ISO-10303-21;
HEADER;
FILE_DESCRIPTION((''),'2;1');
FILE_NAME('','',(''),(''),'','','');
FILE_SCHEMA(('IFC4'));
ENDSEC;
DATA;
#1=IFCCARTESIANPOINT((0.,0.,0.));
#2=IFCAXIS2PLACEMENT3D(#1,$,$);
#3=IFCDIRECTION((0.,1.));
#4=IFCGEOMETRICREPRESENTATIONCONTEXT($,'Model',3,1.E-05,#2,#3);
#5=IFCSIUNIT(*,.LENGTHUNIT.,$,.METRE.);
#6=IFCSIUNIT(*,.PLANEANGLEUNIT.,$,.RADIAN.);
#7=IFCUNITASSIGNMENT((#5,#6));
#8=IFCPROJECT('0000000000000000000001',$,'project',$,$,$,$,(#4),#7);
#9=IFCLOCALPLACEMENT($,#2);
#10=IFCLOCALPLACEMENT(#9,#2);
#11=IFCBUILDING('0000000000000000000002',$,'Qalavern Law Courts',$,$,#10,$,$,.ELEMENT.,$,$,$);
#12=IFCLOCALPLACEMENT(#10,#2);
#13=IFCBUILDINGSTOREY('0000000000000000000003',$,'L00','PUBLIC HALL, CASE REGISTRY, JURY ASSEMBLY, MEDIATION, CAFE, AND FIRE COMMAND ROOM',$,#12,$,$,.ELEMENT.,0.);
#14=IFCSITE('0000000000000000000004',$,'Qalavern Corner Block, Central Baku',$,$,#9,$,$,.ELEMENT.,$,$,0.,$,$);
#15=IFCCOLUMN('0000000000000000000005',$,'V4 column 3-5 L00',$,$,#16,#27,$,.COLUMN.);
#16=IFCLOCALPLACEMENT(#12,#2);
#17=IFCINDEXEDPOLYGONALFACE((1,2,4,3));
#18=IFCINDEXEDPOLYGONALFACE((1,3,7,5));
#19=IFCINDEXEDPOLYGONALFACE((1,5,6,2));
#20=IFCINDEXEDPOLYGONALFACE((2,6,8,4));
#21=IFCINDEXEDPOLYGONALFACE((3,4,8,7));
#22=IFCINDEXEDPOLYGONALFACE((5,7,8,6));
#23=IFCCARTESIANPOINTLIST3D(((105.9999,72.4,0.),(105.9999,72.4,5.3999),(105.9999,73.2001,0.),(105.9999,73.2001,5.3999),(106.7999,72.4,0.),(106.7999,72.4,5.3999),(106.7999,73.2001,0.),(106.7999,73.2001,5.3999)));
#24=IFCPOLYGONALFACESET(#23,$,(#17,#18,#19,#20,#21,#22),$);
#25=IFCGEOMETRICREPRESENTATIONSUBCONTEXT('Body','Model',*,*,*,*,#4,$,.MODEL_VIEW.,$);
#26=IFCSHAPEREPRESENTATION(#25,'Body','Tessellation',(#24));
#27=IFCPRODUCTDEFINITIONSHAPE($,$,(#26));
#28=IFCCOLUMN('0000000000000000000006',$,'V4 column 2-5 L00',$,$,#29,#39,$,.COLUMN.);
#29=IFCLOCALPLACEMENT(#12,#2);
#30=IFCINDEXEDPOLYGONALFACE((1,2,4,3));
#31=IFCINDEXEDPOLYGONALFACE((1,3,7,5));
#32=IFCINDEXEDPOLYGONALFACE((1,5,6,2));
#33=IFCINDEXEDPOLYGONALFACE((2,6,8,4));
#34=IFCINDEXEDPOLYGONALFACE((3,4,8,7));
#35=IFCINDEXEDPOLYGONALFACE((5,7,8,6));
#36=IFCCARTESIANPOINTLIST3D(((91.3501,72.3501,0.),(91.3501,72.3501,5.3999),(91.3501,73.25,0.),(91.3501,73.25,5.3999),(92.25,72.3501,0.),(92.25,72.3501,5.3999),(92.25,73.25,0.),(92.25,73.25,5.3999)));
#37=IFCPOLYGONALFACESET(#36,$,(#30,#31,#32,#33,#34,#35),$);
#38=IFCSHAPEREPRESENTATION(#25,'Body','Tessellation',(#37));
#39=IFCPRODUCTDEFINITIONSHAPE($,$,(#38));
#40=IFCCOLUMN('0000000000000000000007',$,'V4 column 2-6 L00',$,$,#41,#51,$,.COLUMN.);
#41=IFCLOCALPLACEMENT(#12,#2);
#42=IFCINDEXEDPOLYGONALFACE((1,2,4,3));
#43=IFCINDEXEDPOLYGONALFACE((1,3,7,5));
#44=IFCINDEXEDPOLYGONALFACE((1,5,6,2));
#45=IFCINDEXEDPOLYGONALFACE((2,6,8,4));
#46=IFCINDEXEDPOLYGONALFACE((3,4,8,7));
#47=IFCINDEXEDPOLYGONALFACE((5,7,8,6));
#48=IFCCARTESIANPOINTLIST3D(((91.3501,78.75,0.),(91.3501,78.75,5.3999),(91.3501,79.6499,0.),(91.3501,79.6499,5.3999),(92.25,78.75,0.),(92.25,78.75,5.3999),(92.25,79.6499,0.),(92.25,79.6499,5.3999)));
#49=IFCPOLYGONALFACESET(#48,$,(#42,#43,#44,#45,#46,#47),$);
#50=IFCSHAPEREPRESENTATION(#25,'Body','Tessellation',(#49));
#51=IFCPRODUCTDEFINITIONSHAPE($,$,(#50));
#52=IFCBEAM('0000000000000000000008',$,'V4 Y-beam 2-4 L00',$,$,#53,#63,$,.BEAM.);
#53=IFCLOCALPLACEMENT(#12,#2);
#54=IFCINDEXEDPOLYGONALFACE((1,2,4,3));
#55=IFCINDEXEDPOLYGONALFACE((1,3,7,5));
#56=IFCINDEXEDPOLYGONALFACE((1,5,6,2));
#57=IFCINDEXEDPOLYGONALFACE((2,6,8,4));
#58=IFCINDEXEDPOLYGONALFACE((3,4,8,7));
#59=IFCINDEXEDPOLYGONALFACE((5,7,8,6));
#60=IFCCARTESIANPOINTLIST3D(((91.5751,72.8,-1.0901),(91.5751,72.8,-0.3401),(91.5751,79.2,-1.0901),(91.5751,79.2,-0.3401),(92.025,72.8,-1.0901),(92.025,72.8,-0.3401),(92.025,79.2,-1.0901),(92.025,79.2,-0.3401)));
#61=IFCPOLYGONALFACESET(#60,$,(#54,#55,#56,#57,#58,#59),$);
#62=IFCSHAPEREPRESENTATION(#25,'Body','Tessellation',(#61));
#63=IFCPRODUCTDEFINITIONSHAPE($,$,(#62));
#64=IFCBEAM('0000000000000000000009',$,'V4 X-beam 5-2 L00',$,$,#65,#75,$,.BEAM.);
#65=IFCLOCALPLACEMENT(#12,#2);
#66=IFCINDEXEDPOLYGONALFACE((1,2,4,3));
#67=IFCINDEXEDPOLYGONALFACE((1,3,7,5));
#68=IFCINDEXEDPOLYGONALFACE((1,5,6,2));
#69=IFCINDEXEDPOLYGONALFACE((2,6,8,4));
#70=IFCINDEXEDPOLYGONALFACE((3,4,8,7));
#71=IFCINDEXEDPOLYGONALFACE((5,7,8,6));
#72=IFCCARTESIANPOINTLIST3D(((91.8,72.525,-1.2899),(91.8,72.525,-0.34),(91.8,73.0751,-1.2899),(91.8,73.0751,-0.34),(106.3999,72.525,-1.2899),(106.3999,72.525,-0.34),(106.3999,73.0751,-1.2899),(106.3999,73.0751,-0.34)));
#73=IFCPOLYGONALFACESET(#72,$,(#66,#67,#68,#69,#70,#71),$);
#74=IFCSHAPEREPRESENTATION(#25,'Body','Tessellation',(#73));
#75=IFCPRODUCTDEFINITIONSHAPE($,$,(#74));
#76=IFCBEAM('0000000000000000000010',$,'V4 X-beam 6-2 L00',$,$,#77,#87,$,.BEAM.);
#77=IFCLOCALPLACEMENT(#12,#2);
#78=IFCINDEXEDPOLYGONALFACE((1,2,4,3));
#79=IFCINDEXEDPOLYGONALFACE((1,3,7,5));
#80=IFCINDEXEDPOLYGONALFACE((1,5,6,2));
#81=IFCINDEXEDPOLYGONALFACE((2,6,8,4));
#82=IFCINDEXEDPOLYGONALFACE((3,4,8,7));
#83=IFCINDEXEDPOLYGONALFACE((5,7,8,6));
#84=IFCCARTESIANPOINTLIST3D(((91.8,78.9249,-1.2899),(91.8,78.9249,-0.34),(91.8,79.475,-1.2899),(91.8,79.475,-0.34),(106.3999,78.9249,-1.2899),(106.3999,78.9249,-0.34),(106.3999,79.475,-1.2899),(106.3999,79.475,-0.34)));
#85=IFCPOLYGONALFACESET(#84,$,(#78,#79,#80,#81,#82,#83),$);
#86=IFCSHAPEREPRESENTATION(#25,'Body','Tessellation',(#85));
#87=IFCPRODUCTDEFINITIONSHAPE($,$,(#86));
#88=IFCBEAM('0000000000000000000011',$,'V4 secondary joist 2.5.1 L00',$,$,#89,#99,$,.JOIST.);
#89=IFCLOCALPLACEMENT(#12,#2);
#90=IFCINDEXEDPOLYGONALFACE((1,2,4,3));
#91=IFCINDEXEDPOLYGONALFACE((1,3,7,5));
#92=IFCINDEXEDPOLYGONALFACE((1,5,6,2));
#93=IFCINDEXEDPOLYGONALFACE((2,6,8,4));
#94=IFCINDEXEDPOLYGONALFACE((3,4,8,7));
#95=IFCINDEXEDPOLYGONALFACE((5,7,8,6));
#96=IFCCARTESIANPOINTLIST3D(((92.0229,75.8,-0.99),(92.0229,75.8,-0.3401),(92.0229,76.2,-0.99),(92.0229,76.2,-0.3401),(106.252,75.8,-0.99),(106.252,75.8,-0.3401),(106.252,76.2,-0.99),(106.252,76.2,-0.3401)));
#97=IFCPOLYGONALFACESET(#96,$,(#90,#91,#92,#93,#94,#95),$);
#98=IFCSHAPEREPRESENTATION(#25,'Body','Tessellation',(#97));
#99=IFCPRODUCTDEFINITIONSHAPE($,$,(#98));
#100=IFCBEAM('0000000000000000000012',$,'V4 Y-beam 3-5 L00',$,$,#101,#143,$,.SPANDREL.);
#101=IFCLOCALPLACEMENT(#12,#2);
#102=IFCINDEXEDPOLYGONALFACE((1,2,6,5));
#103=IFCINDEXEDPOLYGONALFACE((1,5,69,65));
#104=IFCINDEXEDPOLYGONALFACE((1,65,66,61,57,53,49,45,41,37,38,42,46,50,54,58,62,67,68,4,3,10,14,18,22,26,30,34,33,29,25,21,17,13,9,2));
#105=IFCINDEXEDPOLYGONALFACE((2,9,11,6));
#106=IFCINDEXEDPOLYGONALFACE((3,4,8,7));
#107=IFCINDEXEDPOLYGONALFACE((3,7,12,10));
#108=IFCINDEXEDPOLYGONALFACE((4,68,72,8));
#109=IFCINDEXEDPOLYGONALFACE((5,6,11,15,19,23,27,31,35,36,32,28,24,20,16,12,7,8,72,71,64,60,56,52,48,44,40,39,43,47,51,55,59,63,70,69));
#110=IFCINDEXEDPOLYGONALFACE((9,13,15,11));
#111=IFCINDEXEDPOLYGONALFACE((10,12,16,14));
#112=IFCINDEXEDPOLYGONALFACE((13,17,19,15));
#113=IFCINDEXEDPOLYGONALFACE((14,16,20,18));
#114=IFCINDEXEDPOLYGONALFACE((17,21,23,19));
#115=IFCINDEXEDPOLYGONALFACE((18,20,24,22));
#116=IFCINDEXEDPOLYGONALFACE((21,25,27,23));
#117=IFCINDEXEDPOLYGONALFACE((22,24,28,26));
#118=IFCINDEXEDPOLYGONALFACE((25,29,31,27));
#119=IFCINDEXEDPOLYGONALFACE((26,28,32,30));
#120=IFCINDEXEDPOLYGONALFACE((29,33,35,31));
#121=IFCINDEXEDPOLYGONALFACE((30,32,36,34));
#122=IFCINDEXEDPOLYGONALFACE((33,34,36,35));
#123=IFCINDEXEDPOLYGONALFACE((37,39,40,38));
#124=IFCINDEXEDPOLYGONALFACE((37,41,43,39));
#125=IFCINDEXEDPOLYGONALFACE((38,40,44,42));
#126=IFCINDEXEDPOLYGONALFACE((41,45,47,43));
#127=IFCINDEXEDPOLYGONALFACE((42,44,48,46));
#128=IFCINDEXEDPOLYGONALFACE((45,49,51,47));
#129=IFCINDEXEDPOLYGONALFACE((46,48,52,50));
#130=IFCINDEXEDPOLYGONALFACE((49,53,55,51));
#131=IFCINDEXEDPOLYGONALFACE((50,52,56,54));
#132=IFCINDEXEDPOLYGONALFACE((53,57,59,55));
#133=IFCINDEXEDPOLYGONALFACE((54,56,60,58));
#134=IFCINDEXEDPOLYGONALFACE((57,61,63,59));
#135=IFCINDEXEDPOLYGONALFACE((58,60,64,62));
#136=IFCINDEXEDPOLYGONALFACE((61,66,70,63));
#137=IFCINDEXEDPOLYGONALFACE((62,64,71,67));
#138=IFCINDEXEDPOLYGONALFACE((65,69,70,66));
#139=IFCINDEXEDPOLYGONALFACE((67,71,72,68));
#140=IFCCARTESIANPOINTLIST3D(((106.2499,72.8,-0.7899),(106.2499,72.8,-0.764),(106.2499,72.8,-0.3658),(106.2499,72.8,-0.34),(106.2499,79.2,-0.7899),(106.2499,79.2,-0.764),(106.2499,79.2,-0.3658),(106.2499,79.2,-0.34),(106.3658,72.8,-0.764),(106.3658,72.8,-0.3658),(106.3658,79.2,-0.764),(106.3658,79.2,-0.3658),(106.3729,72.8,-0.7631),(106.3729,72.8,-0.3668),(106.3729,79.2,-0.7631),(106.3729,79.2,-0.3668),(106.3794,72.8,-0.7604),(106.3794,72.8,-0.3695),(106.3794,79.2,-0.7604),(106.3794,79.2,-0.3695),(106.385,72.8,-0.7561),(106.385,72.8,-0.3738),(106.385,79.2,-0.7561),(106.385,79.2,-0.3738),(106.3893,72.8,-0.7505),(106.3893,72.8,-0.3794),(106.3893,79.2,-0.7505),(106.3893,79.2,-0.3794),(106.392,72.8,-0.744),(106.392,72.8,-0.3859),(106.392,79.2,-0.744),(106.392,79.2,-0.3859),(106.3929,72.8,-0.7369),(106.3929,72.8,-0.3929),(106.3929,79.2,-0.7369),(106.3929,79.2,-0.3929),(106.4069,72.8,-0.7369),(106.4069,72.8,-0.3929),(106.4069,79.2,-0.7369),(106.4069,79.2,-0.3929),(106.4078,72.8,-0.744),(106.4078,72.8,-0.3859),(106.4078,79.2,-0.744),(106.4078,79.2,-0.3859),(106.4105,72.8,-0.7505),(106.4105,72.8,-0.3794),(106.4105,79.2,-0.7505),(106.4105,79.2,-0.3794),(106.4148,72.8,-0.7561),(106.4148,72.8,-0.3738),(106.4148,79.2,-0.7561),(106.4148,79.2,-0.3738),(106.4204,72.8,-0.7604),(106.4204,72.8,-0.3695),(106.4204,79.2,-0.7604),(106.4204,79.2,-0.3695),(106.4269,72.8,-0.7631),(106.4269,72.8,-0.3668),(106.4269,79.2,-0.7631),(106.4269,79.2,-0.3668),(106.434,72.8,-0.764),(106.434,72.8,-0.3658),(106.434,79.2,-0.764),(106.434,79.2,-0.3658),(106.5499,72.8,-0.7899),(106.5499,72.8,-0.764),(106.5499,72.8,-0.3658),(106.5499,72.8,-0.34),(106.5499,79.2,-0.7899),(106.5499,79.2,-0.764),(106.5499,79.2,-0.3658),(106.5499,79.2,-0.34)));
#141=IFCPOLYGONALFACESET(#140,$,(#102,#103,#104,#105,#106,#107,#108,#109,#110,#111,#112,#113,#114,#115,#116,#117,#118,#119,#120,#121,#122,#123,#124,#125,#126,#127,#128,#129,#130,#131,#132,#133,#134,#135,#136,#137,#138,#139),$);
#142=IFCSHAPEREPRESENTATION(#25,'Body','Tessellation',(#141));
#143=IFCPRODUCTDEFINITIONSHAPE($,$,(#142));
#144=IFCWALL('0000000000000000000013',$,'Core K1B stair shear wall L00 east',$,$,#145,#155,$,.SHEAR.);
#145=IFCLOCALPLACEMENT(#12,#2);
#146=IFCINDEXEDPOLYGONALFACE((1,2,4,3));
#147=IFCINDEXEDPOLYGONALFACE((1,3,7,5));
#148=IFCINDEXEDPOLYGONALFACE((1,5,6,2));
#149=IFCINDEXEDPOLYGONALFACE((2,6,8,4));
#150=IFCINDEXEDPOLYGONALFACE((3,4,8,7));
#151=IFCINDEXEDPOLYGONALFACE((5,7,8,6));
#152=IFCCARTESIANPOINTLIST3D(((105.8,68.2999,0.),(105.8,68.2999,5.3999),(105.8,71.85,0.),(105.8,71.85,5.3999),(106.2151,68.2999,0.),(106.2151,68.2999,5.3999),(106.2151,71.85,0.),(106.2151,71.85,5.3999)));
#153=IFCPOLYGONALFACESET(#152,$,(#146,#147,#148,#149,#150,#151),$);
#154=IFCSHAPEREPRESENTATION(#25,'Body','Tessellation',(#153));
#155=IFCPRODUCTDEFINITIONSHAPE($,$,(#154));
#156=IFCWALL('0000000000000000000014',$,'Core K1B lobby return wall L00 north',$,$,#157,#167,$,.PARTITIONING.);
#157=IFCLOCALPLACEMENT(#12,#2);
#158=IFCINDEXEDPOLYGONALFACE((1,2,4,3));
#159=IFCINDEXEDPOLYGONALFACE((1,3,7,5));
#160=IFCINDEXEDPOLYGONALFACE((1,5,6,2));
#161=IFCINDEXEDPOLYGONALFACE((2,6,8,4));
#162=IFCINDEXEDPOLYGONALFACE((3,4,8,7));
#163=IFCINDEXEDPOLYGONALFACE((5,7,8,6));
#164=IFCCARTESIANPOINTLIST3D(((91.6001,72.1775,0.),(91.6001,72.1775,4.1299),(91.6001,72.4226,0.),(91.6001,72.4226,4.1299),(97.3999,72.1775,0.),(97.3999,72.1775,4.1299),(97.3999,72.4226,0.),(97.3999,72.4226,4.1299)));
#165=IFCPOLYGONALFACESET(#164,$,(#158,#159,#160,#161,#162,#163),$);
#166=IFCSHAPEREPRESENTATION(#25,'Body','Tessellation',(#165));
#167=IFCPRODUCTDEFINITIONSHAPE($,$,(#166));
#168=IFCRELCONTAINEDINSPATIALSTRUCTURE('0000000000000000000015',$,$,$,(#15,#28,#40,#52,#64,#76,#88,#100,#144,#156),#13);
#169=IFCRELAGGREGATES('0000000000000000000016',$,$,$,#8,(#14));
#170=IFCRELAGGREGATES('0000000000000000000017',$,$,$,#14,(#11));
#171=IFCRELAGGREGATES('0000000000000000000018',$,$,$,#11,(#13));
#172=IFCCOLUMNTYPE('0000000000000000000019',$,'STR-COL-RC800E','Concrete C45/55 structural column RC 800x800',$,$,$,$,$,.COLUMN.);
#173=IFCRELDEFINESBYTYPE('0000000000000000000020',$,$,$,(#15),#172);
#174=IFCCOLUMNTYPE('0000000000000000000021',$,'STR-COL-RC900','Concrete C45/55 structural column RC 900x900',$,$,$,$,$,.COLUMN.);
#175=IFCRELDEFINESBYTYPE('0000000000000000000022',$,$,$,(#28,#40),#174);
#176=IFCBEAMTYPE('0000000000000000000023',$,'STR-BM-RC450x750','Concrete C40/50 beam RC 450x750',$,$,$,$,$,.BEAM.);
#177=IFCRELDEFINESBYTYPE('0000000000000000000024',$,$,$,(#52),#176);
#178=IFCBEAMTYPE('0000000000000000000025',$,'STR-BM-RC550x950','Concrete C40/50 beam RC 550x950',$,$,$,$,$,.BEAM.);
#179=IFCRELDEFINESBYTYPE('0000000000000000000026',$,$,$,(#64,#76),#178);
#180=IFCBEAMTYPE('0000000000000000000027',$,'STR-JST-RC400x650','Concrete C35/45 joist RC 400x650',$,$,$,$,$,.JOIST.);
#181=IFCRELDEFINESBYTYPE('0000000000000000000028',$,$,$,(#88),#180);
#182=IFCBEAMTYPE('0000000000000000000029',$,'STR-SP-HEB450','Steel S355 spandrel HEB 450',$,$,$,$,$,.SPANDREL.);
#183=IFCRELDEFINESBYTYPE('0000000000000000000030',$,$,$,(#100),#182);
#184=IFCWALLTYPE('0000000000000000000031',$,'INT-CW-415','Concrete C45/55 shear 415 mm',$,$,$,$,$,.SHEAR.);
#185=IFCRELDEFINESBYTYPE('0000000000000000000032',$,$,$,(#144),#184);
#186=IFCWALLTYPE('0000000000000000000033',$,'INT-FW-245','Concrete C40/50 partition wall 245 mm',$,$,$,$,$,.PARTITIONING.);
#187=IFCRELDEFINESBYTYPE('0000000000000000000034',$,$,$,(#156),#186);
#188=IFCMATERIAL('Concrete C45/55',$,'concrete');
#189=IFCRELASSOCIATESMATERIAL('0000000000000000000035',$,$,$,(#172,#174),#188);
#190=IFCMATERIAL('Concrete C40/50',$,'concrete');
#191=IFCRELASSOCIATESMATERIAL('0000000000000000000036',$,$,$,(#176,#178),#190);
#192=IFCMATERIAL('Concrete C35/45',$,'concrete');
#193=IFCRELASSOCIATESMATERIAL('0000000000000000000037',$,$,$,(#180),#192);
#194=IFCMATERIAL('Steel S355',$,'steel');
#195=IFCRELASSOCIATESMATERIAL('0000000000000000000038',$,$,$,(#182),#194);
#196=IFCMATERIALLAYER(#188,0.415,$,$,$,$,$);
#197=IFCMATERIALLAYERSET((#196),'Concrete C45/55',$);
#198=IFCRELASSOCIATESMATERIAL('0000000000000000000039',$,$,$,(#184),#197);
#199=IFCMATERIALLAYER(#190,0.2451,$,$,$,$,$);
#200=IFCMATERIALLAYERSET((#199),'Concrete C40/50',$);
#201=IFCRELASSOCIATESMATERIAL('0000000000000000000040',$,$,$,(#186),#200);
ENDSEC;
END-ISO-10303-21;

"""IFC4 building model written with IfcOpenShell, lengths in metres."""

from ifc_helpers import new_model, si_unit, direction, frame, frame_2d, origin, origin_2d, place, context, subcontext, project, spatial, rectangle, i_section, extrude, material, layer, layer_set, material_profile, profile_set, type_object, element, save


model = new_model("IFC4")

# Units and contexts
model_context = context("Model", 3, precision=1e-05, world=origin(), true_north=direction((0.0, 1.0)))
body_context = subcontext(model_context, "Body", "Model", "MODEL_VIEW")
ifc_project = project(units=[si_unit("LENGTHUNIT", "METRE"), si_unit("PLANEANGLEUNIT", "RADIAN")], contexts=[model_context])

# Site, building, storey
site_placement = place(None, origin())
site = spatial("IfcSite", under=ifc_project, at=site_placement, Name="Qalavern Corner Block, Central Baku", CompositionType="ELEMENT", RefElevation=0.0)
building_placement = place(site_placement, origin())
building = spatial("IfcBuilding", under=site, at=building_placement, Name="Qalavern Law Courts", CompositionType="ELEMENT")
storey_placement = place(building_placement, origin())
storey = spatial("IfcBuildingStorey", under=building, at=storey_placement, Name="L00", Description="PUBLIC HALL, CASE REGISTRY, JURY ASSEMBLY, MEDIATION, CAFE, AND FIRE COMMAND ROOM", CompositionType="ELEMENT", Elevation=0.0)

# Columns
ifc_material_1 = material(Name="Concrete C45/55", Category="concrete")
ifc_material_profile_1 = material_profile(ifc_material_1, rectangle(XDim=0.8, YDim=0.8, at=origin_2d()), Name="RC 800x800")
ifc_profile_set_1 = profile_set([ifc_material_profile_1], Name="Concrete C45/55")
column_type_1 = type_object("IfcColumnType", Name="STR-COL-RC800E", Description="Concrete C45/55 structural column RC 800x800", PredefinedType="COLUMN", material=ifc_profile_set_1)
column_placement = place(storey_placement, frame((106.3999, 72.8, 0.0), z_axis=(0.0, 0.0, 1.0), x_axis=(1.0, 0.0, 0.0)))
element("IfcColumn", 1, at=column_placement, inside=storey, type_object=column_type_1, Name="V4 column 3-5 L00", PredefinedType="COLUMN", context=body_context, shape_type="SweptSolid", body=[
    extrude(rectangle(XDim=0.8, YDim=0.8, at=origin_2d()), origin(), (0.0, 0.0, 1.0), 5.3999),
])
ifc_material_profile_2 = material_profile(ifc_material_1, rectangle(XDim=0.8999, YDim=0.8999, at=origin_2d()), Name="RC 900x900")
ifc_profile_set_2 = profile_set([ifc_material_profile_2], Name="Concrete C45/55")
column_type_2 = type_object("IfcColumnType", Name="STR-COL-RC900", Description="Concrete C45/55 structural column RC 900x900", PredefinedType="COLUMN", material=ifc_profile_set_2)
for number, where, z_axis, x_axis, name in (
    (2, (91.8, 72.8, 0.0), (0.0, 0.0, 1.0), (1.0, 0.0, 0.0), "V4 column 2-5 L00"),
    (3, (91.8, 79.2, 0.0), (0.0, 0.0, 1.0), (1.0, 0.0, 0.0), "V4 column 2-6 L00"),
):
    element("IfcColumn", number, at=place(storey_placement, frame(where, z_axis=z_axis, x_axis=x_axis)), inside=storey, type_object=column_type_2, Name=name, PredefinedType="COLUMN", context=body_context, shape_type="SweptSolid", body=[
        extrude(rectangle(XDim=0.8999, YDim=0.8999, at=origin_2d()), origin(), (0.0, 0.0, 1.0), 5.3999),
    ])

# Beams
ifc_material_2 = material(Name="Concrete C40/50", Category="concrete")
ifc_material_profile_3 = material_profile(ifc_material_2, rectangle(XDim=0.45, YDim=0.75, at=origin_2d()), Name="RC 450x750")
ifc_profile_set_3 = profile_set([ifc_material_profile_3], Name="Concrete C40/50")
beam_type_1 = type_object("IfcBeamType", Name="STR-BM-RC450x750", Description="Concrete C40/50 beam RC 450x750", PredefinedType="BEAM", material=ifc_profile_set_3)
beam_1_placement = place(storey_placement, frame((91.8, 72.8, -0.7151), z_axis=(0.0, 1.0, 0.0), x_axis=(-1.0, 0.0, 0.0)))
element("IfcBeam", 4, at=beam_1_placement, inside=storey, type_object=beam_type_1, Name="V4 Y-beam 2-4 L00", PredefinedType="BEAM", context=body_context, shape_type="SweptSolid", body=[
    extrude(rectangle(XDim=0.45, YDim=0.75, at=origin_2d()), origin(), (0.0, 0.0, 1.0), 6.3999),
])
ifc_material_profile_4 = material_profile(ifc_material_2, rectangle(XDim=0.55, YDim=0.95, at=origin_2d()), Name="RC 550x950")
ifc_profile_set_4 = profile_set([ifc_material_profile_4], Name="Concrete C40/50")
beam_type_2 = type_object("IfcBeamType", Name="STR-BM-RC550x950", Description="Concrete C40/50 beam RC 550x950", PredefinedType="BEAM", material=ifc_profile_set_4)
for number, where, z_axis, x_axis, name in (
    (5, (91.8, 72.8, -0.8149), (1.0, 0.0, 0.0), (0.0, 1.0, 0.0), "V4 X-beam 5-2 L00"),
    (6, (91.8, 79.2, -0.8149), (1.0, 0.0, 0.0), (0.0, 1.0, 0.0), "V4 X-beam 6-2 L00"),
):
    element("IfcBeam", number, at=place(storey_placement, frame(where, z_axis=z_axis, x_axis=x_axis)), inside=storey, type_object=beam_type_2, Name=name, PredefinedType="BEAM", context=body_context, shape_type="SweptSolid", body=[
        extrude(rectangle(XDim=0.55, YDim=0.95, at=origin_2d()), origin(), (0.0, 0.0, 1.0), 14.5999),
    ])
ifc_material_3 = material(Name="Concrete C35/45", Category="concrete")
ifc_material_profile_5 = material_profile(ifc_material_3, rectangle(XDim=0.3999, YDim=0.6499, at=origin_2d()), Name="RC 400x650")
ifc_profile_set_5 = profile_set([ifc_material_profile_5], Name="Concrete C35/45")
beam_type_3 = type_object("IfcBeamType", Name="STR-JST-RC400x650", Description="Concrete C35/45 joist RC 400x650", PredefinedType="JOIST", material=ifc_profile_set_5)
beam_2_placement = place(storey_placement, frame((92.0229, 76.0, -0.665), z_axis=(1.0, 0.0, 0.0), x_axis=(0.0, 1.0, 0.0)))
element("IfcBeam", 7, at=beam_2_placement, inside=storey, type_object=beam_type_3, Name="V4 secondary joist 2.5.1 L00", PredefinedType="JOIST", context=body_context, shape_type="SweptSolid", body=[
    extrude(rectangle(XDim=0.3999, YDim=0.6499, at=origin_2d()), origin(), (0.0, 0.0, 1.0), 14.229),
])
ifc_material_4 = material(Name="Steel S355", Category="steel")
ifc_material_profile_6 = material_profile(ifc_material_4, i_section(OverallWidth=0.3, OverallDepth=0.45, WebThickness=0.0139, FlangeThickness=0.0259, FilletRadius=0.0271, at=origin_2d()), Name="HEB 450")
ifc_profile_set_6 = profile_set([ifc_material_profile_6], Name="Steel S355")
beam_type_4 = type_object("IfcBeamType", Name="STR-SP-HEB450", Description="Steel S355 spandrel HEB 450", PredefinedType="SPANDREL", material=ifc_profile_set_6)
beam_3_placement = place(storey_placement, frame((106.3999, 72.8, -0.5649), z_axis=(0.0, 1.0, 0.0), x_axis=(-1.0, 0.0, 0.0)))
element("IfcBeam", 8, at=beam_3_placement, inside=storey, type_object=beam_type_4, Name="V4 Y-beam 3-5 L00", PredefinedType="SPANDREL", context=body_context, shape_type="SweptSolid", body=[
    extrude(i_section(OverallWidth=0.3, OverallDepth=0.45, WebThickness=0.0139, FlangeThickness=0.0259, FilletRadius=0.0271, at=origin_2d()), origin(), (0.0, 0.0, 1.0), 6.3999),
])

# Wall
ifc_layer_1 = layer(ifc_material_1, 0.415)
ifc_layer_set_1 = layer_set([ifc_layer_1], Name="Concrete C45/55")
wall_type_1 = type_object("IfcWallType", Name="INT-CW-415", Description="Concrete C45/55 shear 415 mm", PredefinedType="SHEAR", material=ifc_layer_set_1)
wall_1_placement = place(storey_placement, frame((106.0076, 68.3, 0.0), z_axis=(0.0, 0.0, 1.0), x_axis=(0.0, 1.0, 0.0)))
element("IfcWall", 9, at=wall_1_placement, inside=storey, type_object=wall_type_1, Name="Core K1B stair shear wall L00 east", PredefinedType="SHEAR", context=body_context, shape_type="SweptSolid", body=[
    extrude(rectangle(XDim=3.55, YDim=0.415, at=frame_2d((1.7749, 0.0))), origin(), (0.0, 0.0, 1.0), 5.3999),
])

# Wall
ifc_layer_2 = layer(ifc_material_2, 0.2451)
ifc_layer_set_2 = layer_set([ifc_layer_2], Name="Concrete C40/50")
wall_type_2 = type_object("IfcWallType", Name="INT-FW-245", Description="Concrete C40/50 partition wall 245 mm", PredefinedType="PARTITIONING", material=ifc_layer_set_2)
wall_2_placement = place(storey_placement, frame((91.6001, 72.3, 0.0), z_axis=(0.0, 0.0, 1.0), x_axis=(1.0, 0.0, 0.0)))
element("IfcWall", 10, at=wall_2_placement, inside=storey, type_object=wall_type_2, Name="Core K1B lobby return wall L00 north", PredefinedType="PARTITIONING", context=body_context, shape_type="SweptSolid", body=[
    extrude(rectangle(XDim=5.7998, YDim=0.2451, at=frame_2d((2.8999, 0.0))), origin(), (0.0, 0.0, 1.0), 4.1299),
])

save(model, "model.ifc")
